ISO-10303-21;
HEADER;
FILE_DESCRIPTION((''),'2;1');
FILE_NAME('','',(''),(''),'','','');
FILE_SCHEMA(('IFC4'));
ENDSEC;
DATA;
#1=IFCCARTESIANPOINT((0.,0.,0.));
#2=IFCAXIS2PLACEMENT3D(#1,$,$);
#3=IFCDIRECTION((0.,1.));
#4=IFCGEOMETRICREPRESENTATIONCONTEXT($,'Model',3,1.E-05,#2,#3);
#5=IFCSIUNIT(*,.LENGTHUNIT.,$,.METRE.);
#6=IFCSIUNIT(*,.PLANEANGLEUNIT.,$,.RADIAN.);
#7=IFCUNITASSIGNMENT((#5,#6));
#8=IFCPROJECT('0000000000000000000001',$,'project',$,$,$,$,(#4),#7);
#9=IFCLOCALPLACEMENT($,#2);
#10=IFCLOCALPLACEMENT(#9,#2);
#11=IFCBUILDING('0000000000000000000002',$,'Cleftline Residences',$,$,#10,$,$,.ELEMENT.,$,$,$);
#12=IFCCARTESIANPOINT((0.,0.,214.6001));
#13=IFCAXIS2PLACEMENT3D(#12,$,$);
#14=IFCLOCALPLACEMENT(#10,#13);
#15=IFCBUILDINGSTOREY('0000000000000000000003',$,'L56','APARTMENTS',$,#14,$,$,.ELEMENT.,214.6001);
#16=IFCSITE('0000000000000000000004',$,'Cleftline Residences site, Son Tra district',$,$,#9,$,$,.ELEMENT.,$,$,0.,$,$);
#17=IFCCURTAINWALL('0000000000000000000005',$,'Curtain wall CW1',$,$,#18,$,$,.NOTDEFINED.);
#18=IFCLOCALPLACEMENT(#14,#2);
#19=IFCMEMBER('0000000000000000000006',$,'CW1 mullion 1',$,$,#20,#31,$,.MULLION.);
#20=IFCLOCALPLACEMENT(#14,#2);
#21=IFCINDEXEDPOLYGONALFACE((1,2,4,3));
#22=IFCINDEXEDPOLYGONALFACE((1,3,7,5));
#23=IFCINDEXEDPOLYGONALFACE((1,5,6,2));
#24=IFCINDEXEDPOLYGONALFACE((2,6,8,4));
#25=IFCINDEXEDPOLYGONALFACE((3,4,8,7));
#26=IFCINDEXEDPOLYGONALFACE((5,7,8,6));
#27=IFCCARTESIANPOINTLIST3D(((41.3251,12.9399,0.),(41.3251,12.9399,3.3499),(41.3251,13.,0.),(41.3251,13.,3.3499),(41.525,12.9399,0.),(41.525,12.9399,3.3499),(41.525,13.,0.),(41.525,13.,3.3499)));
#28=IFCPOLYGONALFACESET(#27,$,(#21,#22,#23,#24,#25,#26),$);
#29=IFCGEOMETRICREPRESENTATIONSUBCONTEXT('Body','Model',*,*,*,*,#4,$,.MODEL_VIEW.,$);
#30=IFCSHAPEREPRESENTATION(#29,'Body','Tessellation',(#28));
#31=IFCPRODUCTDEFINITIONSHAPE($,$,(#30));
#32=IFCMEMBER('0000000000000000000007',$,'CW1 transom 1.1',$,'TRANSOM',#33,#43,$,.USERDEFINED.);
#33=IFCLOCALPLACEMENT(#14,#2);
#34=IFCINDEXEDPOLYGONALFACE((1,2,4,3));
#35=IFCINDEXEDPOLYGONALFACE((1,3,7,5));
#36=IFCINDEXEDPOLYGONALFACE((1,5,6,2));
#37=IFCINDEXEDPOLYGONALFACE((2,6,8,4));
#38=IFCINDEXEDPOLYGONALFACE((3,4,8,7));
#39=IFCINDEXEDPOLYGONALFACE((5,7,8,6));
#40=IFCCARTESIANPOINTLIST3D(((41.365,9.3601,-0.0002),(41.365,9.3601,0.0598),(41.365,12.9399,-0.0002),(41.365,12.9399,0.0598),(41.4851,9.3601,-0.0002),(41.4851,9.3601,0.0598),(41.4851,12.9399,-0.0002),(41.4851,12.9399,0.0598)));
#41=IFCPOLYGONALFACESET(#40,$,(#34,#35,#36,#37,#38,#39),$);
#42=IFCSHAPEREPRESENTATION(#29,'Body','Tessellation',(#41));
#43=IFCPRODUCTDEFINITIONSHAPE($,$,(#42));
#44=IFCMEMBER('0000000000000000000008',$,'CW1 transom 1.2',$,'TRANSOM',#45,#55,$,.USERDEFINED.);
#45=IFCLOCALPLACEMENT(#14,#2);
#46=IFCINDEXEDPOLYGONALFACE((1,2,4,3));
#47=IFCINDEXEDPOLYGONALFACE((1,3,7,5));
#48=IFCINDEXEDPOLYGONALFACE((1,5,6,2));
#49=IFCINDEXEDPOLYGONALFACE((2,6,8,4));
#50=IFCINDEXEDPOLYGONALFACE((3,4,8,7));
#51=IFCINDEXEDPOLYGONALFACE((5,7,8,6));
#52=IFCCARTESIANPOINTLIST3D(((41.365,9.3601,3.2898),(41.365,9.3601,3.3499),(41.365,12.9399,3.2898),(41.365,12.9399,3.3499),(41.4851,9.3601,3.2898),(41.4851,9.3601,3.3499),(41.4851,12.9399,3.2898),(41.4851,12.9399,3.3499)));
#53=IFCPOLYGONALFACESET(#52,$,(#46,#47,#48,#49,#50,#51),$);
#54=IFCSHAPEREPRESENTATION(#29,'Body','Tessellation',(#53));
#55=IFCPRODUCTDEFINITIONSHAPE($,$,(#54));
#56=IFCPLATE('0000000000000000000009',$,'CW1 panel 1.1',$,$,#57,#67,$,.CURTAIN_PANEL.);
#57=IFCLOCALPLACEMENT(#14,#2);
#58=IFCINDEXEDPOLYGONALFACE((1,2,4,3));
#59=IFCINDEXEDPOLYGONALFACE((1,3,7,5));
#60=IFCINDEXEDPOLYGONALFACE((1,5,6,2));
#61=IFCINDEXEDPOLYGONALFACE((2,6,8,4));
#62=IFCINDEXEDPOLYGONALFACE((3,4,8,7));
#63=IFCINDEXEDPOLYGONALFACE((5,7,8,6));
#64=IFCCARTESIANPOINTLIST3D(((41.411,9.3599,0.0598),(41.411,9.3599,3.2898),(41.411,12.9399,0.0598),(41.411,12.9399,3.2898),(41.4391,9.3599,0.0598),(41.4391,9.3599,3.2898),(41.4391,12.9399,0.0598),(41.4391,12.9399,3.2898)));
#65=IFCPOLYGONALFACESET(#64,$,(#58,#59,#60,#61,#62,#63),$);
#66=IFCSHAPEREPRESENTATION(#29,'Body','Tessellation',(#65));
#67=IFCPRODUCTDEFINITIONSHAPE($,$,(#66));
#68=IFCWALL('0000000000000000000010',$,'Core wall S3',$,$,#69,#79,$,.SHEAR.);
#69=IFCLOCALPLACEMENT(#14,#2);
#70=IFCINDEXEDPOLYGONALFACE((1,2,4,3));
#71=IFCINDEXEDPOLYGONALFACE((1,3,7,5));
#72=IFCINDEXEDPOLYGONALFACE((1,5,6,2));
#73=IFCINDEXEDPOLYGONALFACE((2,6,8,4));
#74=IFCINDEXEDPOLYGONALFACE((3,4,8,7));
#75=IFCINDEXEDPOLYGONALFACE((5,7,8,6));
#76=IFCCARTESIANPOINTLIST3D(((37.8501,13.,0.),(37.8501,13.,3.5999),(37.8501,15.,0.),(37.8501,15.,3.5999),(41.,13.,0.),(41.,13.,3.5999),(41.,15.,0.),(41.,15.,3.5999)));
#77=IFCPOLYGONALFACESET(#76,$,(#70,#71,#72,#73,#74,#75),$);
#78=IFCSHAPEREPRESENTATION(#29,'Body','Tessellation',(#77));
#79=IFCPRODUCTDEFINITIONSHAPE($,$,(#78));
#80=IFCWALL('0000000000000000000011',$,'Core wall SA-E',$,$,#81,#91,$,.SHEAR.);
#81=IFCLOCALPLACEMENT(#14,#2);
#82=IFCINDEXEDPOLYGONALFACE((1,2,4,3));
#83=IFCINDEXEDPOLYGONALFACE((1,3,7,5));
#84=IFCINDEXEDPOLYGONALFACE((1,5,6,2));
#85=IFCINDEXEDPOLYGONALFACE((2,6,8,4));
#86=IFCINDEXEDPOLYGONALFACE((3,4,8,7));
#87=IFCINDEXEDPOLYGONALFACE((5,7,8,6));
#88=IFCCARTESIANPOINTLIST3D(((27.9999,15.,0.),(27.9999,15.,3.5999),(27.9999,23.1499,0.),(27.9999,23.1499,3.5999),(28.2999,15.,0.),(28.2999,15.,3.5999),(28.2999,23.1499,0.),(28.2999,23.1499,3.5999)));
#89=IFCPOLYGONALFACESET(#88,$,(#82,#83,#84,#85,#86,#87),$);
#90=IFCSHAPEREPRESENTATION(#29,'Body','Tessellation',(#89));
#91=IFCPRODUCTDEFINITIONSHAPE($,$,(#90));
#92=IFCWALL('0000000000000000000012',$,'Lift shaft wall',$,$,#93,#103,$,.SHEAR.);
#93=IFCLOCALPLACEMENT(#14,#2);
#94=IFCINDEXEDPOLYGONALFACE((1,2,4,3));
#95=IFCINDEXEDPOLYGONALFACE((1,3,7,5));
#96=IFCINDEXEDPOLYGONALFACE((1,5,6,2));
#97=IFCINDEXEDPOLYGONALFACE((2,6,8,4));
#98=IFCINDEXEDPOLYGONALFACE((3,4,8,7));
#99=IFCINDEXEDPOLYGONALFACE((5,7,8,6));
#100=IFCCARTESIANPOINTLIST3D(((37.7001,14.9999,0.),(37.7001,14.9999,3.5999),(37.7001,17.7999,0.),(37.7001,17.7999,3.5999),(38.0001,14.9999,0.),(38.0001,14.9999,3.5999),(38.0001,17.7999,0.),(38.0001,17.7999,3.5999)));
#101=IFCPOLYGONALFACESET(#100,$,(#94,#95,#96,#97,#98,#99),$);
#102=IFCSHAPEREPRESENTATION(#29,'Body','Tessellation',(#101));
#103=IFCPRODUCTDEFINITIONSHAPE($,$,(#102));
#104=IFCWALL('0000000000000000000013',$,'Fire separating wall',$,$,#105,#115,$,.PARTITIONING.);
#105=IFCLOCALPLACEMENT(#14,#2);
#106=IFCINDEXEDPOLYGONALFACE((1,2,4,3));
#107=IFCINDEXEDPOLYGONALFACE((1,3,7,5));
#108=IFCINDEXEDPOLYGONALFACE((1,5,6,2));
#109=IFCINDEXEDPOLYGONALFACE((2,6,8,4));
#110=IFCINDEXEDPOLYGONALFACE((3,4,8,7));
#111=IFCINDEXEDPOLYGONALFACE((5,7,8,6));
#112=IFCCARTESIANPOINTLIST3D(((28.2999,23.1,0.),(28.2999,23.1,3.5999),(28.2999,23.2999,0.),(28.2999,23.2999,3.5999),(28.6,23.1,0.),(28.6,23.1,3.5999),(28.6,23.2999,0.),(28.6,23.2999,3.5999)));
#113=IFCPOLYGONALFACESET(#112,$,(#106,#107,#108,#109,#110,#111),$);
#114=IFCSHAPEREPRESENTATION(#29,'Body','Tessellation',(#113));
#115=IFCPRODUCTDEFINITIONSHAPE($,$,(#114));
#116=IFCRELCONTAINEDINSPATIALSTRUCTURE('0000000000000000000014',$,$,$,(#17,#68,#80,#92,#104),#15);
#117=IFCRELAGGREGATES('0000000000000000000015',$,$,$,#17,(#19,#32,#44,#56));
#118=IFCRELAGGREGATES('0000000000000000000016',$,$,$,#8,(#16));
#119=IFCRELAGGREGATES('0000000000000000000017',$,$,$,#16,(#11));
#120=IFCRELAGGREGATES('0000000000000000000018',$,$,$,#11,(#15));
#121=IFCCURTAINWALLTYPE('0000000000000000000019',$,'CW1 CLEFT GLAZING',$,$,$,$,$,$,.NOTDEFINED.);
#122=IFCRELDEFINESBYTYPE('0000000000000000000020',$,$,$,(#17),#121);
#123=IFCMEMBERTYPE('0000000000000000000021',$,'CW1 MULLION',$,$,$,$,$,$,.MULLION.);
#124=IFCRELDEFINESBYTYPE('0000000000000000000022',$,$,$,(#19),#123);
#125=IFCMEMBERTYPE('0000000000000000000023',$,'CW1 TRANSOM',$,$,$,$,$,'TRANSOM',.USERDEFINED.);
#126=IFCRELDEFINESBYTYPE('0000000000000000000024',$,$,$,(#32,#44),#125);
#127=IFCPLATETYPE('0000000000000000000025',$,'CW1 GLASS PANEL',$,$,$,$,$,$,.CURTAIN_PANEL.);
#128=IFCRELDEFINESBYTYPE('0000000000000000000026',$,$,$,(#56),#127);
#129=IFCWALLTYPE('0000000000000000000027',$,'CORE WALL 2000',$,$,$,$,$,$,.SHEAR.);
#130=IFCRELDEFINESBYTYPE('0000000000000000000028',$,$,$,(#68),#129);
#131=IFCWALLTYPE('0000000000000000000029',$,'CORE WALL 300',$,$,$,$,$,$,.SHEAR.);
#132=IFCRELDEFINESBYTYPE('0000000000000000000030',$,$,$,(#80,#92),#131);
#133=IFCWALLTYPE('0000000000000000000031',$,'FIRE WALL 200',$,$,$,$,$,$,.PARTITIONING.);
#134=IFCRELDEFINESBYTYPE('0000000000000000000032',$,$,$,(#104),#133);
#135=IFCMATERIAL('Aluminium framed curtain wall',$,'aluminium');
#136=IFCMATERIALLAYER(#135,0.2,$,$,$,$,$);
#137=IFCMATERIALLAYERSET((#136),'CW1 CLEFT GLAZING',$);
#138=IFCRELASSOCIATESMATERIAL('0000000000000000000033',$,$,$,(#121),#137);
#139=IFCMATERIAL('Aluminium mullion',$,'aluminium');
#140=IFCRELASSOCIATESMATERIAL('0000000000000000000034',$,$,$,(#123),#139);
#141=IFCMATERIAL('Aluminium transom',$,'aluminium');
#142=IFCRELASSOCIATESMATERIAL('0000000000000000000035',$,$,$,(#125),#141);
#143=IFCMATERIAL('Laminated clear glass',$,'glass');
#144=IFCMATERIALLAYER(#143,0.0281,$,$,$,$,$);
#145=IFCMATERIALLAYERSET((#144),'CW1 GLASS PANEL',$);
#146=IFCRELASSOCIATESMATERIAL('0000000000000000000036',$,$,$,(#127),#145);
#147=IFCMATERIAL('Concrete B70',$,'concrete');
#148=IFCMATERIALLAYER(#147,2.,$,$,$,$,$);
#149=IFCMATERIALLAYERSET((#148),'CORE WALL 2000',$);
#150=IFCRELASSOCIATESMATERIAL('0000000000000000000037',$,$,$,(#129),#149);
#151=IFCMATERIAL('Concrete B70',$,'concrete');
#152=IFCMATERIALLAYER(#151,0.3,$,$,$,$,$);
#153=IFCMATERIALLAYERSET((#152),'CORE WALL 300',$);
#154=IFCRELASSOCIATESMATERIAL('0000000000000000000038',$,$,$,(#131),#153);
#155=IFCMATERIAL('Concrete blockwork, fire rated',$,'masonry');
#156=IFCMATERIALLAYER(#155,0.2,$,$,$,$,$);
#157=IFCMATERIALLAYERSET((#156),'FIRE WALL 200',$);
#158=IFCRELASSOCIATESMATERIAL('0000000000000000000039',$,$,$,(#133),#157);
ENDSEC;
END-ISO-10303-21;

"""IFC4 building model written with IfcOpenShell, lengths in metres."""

from ifc_helpers import new_model, si_unit, direction, frame, frame_2d, origin, origin_2d, place, context, subcontext, project, spatial, rectangle, extrude, material, layer, layer_set, material_profile, profile_set, type_object, element, aggregate, save


model = new_model("IFC4")

# Units and contexts
model_context = context("Model", 3, precision=1e-05, world=origin(), true_north=direction((0.0, 1.0)))
body_context = subcontext(model_context, "Body", "Model", "MODEL_VIEW")
ifc_project = project(units=[si_unit("LENGTHUNIT", "METRE"), si_unit("PLANEANGLEUNIT", "RADIAN")], contexts=[model_context])

# Site, building, storey
site_placement = place(None, origin())
site = spatial("IfcSite", under=ifc_project, at=site_placement, Name="Cleftline Residences site, Son Tra district", CompositionType="ELEMENT", RefElevation=0.0)
building_placement = place(site_placement, origin())
building = spatial("IfcBuilding", under=site, at=building_placement, Name="Cleftline Residences", CompositionType="ELEMENT")
storey_placement = place(building_placement, frame((0.0, 0.0, 214.6001)))
storey = spatial("IfcBuildingStorey", under=building, at=storey_placement, Name="L56", Description="APARTMENTS", CompositionType="ELEMENT", Elevation=214.6001)

# Curtain wall, members, plate
ifc_material_1 = material(Name="Aluminium framed curtain wall", Category="aluminium")
ifc_layer_1 = layer(ifc_material_1, 0.2)
ifc_layer_set_1 = layer_set([ifc_layer_1], Name="CW1 CLEFT GLAZING")
curtain_wall_type = type_object("IfcCurtainWallType", Name="CW1 CLEFT GLAZING", PredefinedType="NOTDEFINED", material=ifc_layer_set_1)
curtain_wall_placement = place(storey_placement, origin())
curtain_wall = element("IfcCurtainWall", 1, at=curtain_wall_placement, inside=storey, type_object=curtain_wall_type, Name="Curtain wall CW1", PredefinedType="NOTDEFINED")
ifc_material_2 = material(Name="Aluminium mullion", Category="aluminium")
ifc_material_profile_1 = material_profile(ifc_material_2, rectangle(XDim=0.2, YDim=0.0601, at=origin_2d()))
ifc_profile_set_1 = profile_set([ifc_material_profile_1], Name="Aluminium mullion")
member_type_1 = type_object("IfcMemberType", Name="CW1 MULLION", PredefinedType="MULLION", material=ifc_profile_set_1)
member_1_placement = place(storey_placement, frame((41.425, 12.97, 0.0), z_axis=(0.0, 0.0, 1.0), x_axis=(1.0, 0.0, 0.0)))
member_1 = element("IfcMember", 2, at=member_1_placement, type_object=member_type_1, Name="CW1 mullion 1", PredefinedType="MULLION", context=body_context, shape_type="SweptSolid", body=[
    extrude(rectangle(XDim=0.2, YDim=0.0601, at=origin_2d()), origin(), (0.0, 0.0, 1.0), 3.3499),
])
ifc_material_3 = material(Name="Aluminium transom", Category="aluminium")
ifc_material_profile_2 = material_profile(ifc_material_3, rectangle(XDim=0.1201, YDim=0.0601, at=origin_2d()))
ifc_profile_set_2 = profile_set([ifc_material_profile_2], Name="Aluminium transom")
member_type_2 = type_object("IfcMemberType", Name="CW1 TRANSOM", ElementType="TRANSOM", PredefinedType="USERDEFINED", material=ifc_profile_set_2)
member_2_placement = place(storey_placement, frame((41.425, 12.9399, 0.0298), z_axis=(0.0, -1.0, 0.0), x_axis=(1.0, 0.0, 0.0)))
member_2 = element("IfcMember", 3, at=member_2_placement, type_object=member_type_2, Name="CW1 transom 1.1", ObjectType="TRANSOM", PredefinedType="USERDEFINED", context=body_context, shape_type="SweptSolid", body=[
    extrude(rectangle(XDim=0.1201, YDim=0.0601, at=origin_2d()), origin(), (0.0, 0.0, 1.0), 3.5798),
])
member_3_placement = place(storey_placement, frame((41.425, 12.9399, 3.3198), z_axis=(0.0, -1.0, 0.0), x_axis=(1.0, 0.0, 0.0)))
member_3 = element("IfcMember", 4, at=member_3_placement, type_object=member_type_2, Name="CW1 transom 1.2", ObjectType="TRANSOM", PredefinedType="USERDEFINED", context=body_context, shape_type="SweptSolid", body=[
    extrude(rectangle(XDim=0.1201, YDim=0.0601, at=origin_2d()), origin(), (0.0, 0.0, 1.0), 3.5798),
])
ifc_material_4 = material(Name="Laminated clear glass", Category="glass")
ifc_layer_2 = layer(ifc_material_4, 0.0281)
ifc_layer_set_2 = layer_set([ifc_layer_2], Name="CW1 GLASS PANEL")
plate_type = type_object("IfcPlateType", Name="CW1 GLASS PANEL", PredefinedType="CURTAIN_PANEL", material=ifc_layer_set_2)
plate_placement = place(storey_placement, frame((41.425, 11.1499, 0.0598), z_axis=(0.0, 0.0, 1.0), x_axis=(0.0, -1.0, 0.0)))
plate = element("IfcPlate", 5, at=plate_placement, type_object=plate_type, Name="CW1 panel 1.1", PredefinedType="CURTAIN_PANEL", context=body_context, shape_type="SweptSolid", body=[
    extrude(rectangle(XDim=3.5801, YDim=0.0281, at=origin_2d()), origin(), (0.0, 0.0, 1.0), 3.23),
])
aggregate(curtain_wall, [member_1, member_2, member_3, plate])

# Walls
ifc_material_5 = material(Name="Concrete B70", Category="concrete")
ifc_layer_3 = layer(ifc_material_5, 2.0)
ifc_layer_set_3 = layer_set([ifc_layer_3], Name="CORE WALL 2000")
wall_type_1 = type_object("IfcWallType", Name="CORE WALL 2000", PredefinedType="SHEAR", material=ifc_layer_set_3)
wall_1_placement = place(storey_placement, frame((37.8501, 14.0, 0.0), z_axis=(0.0, 0.0, 1.0), x_axis=(1.0, 0.0, 0.0)))
element("IfcWall", 6, at=wall_1_placement, inside=storey, type_object=wall_type_1, Name="Core wall S3", PredefinedType="SHEAR", context=body_context, shape_type="SweptSolid", body=[
    extrude(rectangle(XDim=3.1499, YDim=2.0, at=frame_2d((1.575, 0.0))), origin(), (0.0, 0.0, 1.0), 3.5999),
])
ifc_material_6 = material(Name="Concrete B70", Category="concrete")
ifc_layer_4 = layer(ifc_material_6, 0.3)
ifc_layer_set_4 = layer_set([ifc_layer_4], Name="CORE WALL 300")
wall_type_2 = type_object("IfcWallType", Name="CORE WALL 300", PredefinedType="SHEAR", material=ifc_layer_set_4)
wall_2_placement = place(storey_placement, frame((28.1499, 15.0, 0.0), z_axis=(0.0, 0.0, 1.0), x_axis=(0.0, 1.0, 0.0)))
element("IfcWall", 7, at=wall_2_placement, inside=storey, type_object=wall_type_2, Name="Core wall SA-E", PredefinedType="SHEAR", context=body_context, shape_type="SweptSolid", body=[
    extrude(rectangle(XDim=8.1499, YDim=0.3, at=frame_2d((4.075, 0.0))), origin(), (0.0, 0.0, 1.0), 3.5999),
])
wall_3_placement = place(storey_placement, frame((37.8501, 15.0, 0.0), z_axis=(0.0, 0.0, 1.0), x_axis=(0.0, 1.0, 0.0)))
element("IfcWall", 8, at=wall_3_placement, inside=storey, type_object=wall_type_2, Name="Lift shaft wall", PredefinedType="SHEAR", context=body_context, shape_type="SweptSolid", body=[
    extrude(rectangle(XDim=2.8, YDim=0.3, at=frame_2d((1.3999, 0.0))), origin(), (0.0, 0.0, 1.0), 3.5999),
])
ifc_material_7 = material(Name="Concrete blockwork, fire rated", Category="masonry")
ifc_layer_5 = layer(ifc_material_7, 0.2)
ifc_layer_set_5 = layer_set([ifc_layer_5], Name="FIRE WALL 200")
wall_type_3 = type_object("IfcWallType", Name="FIRE WALL 200", PredefinedType="PARTITIONING", material=ifc_layer_set_5)
wall_4_placement = place(storey_placement, frame((28.3, 23.2, 0.0), z_axis=(0.0, 0.0, 1.0), x_axis=(1.0, 0.0, 0.0)))
element("IfcWall", 9, at=wall_4_placement, inside=storey, type_object=wall_type_3, Name="Fire separating wall", PredefinedType="PARTITIONING", context=body_context, shape_type="SweptSolid", body=[
    extrude(rectangle(XDim=0.3, YDim=0.2, at=frame_2d((0.1499, 0.0))), origin(), (0.0, 0.0, 1.0), 3.5999),
])

save(model, "model.ifc")
